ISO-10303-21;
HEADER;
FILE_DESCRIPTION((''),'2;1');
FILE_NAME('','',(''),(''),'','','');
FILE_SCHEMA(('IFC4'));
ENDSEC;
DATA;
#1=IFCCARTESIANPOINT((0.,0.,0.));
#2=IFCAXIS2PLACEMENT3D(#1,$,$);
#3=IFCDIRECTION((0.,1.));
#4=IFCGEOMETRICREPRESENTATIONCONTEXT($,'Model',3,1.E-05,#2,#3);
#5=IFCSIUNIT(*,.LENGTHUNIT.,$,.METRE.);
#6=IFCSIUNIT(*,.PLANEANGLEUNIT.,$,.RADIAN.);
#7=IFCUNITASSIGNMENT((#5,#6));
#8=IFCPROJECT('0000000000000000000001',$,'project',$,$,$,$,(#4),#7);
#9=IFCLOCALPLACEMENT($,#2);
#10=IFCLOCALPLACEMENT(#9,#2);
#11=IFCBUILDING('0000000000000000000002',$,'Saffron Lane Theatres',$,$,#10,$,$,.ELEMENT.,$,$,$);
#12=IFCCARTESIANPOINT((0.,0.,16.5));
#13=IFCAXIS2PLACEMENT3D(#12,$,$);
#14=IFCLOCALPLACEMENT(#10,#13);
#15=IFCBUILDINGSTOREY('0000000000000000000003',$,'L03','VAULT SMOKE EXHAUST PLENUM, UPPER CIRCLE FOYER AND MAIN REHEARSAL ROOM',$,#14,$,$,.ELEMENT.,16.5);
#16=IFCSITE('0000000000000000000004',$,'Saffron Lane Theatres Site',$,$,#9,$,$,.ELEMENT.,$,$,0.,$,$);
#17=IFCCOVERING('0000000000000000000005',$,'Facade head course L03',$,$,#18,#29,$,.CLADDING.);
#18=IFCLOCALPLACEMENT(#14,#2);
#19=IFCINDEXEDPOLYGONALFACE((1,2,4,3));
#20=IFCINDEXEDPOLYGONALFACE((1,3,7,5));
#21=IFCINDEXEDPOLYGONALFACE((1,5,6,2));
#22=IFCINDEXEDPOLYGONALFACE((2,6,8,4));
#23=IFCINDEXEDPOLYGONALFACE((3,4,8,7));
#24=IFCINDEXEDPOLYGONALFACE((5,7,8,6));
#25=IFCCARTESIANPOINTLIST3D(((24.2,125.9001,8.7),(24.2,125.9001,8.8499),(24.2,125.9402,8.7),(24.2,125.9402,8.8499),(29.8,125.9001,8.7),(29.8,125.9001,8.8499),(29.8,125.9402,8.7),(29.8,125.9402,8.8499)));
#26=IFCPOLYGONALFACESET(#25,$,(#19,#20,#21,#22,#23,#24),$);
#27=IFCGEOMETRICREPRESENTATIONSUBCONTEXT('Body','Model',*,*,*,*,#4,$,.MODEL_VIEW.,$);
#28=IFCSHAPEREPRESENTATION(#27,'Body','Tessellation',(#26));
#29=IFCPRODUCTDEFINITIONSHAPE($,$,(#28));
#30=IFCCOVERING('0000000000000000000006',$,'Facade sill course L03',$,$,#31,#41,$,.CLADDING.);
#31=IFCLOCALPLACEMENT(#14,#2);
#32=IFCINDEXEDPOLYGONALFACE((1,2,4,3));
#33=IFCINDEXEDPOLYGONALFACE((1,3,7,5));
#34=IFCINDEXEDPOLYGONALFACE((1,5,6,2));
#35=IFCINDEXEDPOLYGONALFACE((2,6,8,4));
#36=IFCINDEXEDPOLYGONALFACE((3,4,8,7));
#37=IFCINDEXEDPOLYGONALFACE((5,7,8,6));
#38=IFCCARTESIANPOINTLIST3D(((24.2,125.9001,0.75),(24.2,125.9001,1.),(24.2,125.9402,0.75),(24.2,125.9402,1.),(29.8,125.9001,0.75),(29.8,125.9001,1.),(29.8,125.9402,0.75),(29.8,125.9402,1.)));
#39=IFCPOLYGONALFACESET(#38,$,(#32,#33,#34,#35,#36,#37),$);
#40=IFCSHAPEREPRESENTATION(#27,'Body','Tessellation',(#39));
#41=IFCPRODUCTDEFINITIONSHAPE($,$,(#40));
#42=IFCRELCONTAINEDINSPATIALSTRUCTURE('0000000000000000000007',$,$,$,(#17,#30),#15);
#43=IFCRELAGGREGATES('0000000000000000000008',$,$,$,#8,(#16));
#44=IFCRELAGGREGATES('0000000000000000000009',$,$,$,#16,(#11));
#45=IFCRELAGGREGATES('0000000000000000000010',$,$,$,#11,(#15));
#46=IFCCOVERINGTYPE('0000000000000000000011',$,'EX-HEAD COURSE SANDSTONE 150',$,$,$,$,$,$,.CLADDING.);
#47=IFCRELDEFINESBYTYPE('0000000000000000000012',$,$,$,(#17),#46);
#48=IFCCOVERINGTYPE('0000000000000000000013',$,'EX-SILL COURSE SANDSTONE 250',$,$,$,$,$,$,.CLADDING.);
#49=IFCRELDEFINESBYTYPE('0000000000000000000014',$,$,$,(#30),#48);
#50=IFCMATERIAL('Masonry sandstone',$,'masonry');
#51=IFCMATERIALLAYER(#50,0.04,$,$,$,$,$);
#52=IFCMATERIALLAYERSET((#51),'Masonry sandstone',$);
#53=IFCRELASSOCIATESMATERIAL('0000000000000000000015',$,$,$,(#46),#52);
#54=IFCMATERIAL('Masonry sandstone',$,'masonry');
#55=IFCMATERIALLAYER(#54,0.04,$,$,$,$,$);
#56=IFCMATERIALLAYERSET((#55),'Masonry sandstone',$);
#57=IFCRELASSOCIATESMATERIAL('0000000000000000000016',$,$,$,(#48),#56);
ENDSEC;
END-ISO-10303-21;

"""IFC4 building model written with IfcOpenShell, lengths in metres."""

from ifc_helpers import new_model, si_unit, direction, frame, origin, origin_2d, place, context, subcontext, project, spatial, rectangle, extrude, material, layer, layer_set, type_object, element, save


model = new_model("IFC4")

# Units and contexts
model_context = context("Model", 3, precision=1e-05, world=origin(), true_north=direction((0.0, 1.0)))
body_context = subcontext(model_context, "Body", "Model", "MODEL_VIEW")
ifc_project = project(units=[si_unit("LENGTHUNIT", "METRE"), si_unit("PLANEANGLEUNIT", "RADIAN")], contexts=[model_context])

# Site, building, storey
site_placement = place(None, origin())
site = spatial("IfcSite", under=ifc_project, at=site_placement, Name="Saffron Lane Theatres Site", CompositionType="ELEMENT", RefElevation=0.0)
building_placement = place(site_placement, origin())
building = spatial("IfcBuilding", under=site, at=building_placement, Name="Saffron Lane Theatres", CompositionType="ELEMENT")
storey_placement = place(building_placement, frame((0.0, 0.0, 16.5)))
storey = spatial("IfcBuildingStorey", under=building, at=storey_placement, Name="L03", Description="VAULT SMOKE EXHAUST PLENUM, UPPER CIRCLE FOYER AND MAIN REHEARSAL ROOM", CompositionType="ELEMENT", Elevation=16.5)

# Coverings
ifc_material_1 = material(Name="Masonry sandstone", Category="masonry")
ifc_layer_1 = layer(ifc_material_1, 0.04)
ifc_layer_set_1 = layer_set([ifc_layer_1], Name="Masonry sandstone")
covering_type_1 = type_object("IfcCoveringType", Name="EX-HEAD COURSE SANDSTONE 150", PredefinedType="CLADDING", material=ifc_layer_set_1)
covering_1_placement = place(storey_placement, frame((27.0, 125.9202, 8.7), z_axis=(0.0, 0.0, 1.0), x_axis=(1.0, 0.0, 0.0)))
element("IfcCovering", 1, at=covering_1_placement, inside=storey, type_object=covering_type_1, Name="Facade head course L03", PredefinedType="CLADDING", context=body_context, shape_type="SweptSolid", body=[
    extrude(rectangle(XDim=5.6001, YDim=0.04, at=origin_2d()), origin(), (0.0, 0.0, 1.0), 0.1499),
])
ifc_material_2 = material(Name="Masonry sandstone", Category="masonry")
ifc_layer_2 = layer(ifc_material_2, 0.04)
ifc_layer_set_2 = layer_set([ifc_layer_2], Name="Masonry sandstone")
covering_type_2 = type_object("IfcCoveringType", Name="EX-SILL COURSE SANDSTONE 250", PredefinedType="CLADDING", material=ifc_layer_set_2)
covering_2_placement = place(storey_placement, frame((27.0, 125.9202, 0.75), z_axis=(0.0, 0.0, 1.0), x_axis=(1.0, 0.0, 0.0)))
element("IfcCovering", 2, at=covering_2_placement, inside=storey, type_object=covering_type_2, Name="Facade sill course L03", PredefinedType="CLADDING", context=body_context, shape_type="SweptSolid", body=[
    extrude(rectangle(XDim=5.6001, YDim=0.04, at=origin_2d()), origin(), (0.0, 0.0, 1.0), 0.25),
])

save(model, "model.ifc")
